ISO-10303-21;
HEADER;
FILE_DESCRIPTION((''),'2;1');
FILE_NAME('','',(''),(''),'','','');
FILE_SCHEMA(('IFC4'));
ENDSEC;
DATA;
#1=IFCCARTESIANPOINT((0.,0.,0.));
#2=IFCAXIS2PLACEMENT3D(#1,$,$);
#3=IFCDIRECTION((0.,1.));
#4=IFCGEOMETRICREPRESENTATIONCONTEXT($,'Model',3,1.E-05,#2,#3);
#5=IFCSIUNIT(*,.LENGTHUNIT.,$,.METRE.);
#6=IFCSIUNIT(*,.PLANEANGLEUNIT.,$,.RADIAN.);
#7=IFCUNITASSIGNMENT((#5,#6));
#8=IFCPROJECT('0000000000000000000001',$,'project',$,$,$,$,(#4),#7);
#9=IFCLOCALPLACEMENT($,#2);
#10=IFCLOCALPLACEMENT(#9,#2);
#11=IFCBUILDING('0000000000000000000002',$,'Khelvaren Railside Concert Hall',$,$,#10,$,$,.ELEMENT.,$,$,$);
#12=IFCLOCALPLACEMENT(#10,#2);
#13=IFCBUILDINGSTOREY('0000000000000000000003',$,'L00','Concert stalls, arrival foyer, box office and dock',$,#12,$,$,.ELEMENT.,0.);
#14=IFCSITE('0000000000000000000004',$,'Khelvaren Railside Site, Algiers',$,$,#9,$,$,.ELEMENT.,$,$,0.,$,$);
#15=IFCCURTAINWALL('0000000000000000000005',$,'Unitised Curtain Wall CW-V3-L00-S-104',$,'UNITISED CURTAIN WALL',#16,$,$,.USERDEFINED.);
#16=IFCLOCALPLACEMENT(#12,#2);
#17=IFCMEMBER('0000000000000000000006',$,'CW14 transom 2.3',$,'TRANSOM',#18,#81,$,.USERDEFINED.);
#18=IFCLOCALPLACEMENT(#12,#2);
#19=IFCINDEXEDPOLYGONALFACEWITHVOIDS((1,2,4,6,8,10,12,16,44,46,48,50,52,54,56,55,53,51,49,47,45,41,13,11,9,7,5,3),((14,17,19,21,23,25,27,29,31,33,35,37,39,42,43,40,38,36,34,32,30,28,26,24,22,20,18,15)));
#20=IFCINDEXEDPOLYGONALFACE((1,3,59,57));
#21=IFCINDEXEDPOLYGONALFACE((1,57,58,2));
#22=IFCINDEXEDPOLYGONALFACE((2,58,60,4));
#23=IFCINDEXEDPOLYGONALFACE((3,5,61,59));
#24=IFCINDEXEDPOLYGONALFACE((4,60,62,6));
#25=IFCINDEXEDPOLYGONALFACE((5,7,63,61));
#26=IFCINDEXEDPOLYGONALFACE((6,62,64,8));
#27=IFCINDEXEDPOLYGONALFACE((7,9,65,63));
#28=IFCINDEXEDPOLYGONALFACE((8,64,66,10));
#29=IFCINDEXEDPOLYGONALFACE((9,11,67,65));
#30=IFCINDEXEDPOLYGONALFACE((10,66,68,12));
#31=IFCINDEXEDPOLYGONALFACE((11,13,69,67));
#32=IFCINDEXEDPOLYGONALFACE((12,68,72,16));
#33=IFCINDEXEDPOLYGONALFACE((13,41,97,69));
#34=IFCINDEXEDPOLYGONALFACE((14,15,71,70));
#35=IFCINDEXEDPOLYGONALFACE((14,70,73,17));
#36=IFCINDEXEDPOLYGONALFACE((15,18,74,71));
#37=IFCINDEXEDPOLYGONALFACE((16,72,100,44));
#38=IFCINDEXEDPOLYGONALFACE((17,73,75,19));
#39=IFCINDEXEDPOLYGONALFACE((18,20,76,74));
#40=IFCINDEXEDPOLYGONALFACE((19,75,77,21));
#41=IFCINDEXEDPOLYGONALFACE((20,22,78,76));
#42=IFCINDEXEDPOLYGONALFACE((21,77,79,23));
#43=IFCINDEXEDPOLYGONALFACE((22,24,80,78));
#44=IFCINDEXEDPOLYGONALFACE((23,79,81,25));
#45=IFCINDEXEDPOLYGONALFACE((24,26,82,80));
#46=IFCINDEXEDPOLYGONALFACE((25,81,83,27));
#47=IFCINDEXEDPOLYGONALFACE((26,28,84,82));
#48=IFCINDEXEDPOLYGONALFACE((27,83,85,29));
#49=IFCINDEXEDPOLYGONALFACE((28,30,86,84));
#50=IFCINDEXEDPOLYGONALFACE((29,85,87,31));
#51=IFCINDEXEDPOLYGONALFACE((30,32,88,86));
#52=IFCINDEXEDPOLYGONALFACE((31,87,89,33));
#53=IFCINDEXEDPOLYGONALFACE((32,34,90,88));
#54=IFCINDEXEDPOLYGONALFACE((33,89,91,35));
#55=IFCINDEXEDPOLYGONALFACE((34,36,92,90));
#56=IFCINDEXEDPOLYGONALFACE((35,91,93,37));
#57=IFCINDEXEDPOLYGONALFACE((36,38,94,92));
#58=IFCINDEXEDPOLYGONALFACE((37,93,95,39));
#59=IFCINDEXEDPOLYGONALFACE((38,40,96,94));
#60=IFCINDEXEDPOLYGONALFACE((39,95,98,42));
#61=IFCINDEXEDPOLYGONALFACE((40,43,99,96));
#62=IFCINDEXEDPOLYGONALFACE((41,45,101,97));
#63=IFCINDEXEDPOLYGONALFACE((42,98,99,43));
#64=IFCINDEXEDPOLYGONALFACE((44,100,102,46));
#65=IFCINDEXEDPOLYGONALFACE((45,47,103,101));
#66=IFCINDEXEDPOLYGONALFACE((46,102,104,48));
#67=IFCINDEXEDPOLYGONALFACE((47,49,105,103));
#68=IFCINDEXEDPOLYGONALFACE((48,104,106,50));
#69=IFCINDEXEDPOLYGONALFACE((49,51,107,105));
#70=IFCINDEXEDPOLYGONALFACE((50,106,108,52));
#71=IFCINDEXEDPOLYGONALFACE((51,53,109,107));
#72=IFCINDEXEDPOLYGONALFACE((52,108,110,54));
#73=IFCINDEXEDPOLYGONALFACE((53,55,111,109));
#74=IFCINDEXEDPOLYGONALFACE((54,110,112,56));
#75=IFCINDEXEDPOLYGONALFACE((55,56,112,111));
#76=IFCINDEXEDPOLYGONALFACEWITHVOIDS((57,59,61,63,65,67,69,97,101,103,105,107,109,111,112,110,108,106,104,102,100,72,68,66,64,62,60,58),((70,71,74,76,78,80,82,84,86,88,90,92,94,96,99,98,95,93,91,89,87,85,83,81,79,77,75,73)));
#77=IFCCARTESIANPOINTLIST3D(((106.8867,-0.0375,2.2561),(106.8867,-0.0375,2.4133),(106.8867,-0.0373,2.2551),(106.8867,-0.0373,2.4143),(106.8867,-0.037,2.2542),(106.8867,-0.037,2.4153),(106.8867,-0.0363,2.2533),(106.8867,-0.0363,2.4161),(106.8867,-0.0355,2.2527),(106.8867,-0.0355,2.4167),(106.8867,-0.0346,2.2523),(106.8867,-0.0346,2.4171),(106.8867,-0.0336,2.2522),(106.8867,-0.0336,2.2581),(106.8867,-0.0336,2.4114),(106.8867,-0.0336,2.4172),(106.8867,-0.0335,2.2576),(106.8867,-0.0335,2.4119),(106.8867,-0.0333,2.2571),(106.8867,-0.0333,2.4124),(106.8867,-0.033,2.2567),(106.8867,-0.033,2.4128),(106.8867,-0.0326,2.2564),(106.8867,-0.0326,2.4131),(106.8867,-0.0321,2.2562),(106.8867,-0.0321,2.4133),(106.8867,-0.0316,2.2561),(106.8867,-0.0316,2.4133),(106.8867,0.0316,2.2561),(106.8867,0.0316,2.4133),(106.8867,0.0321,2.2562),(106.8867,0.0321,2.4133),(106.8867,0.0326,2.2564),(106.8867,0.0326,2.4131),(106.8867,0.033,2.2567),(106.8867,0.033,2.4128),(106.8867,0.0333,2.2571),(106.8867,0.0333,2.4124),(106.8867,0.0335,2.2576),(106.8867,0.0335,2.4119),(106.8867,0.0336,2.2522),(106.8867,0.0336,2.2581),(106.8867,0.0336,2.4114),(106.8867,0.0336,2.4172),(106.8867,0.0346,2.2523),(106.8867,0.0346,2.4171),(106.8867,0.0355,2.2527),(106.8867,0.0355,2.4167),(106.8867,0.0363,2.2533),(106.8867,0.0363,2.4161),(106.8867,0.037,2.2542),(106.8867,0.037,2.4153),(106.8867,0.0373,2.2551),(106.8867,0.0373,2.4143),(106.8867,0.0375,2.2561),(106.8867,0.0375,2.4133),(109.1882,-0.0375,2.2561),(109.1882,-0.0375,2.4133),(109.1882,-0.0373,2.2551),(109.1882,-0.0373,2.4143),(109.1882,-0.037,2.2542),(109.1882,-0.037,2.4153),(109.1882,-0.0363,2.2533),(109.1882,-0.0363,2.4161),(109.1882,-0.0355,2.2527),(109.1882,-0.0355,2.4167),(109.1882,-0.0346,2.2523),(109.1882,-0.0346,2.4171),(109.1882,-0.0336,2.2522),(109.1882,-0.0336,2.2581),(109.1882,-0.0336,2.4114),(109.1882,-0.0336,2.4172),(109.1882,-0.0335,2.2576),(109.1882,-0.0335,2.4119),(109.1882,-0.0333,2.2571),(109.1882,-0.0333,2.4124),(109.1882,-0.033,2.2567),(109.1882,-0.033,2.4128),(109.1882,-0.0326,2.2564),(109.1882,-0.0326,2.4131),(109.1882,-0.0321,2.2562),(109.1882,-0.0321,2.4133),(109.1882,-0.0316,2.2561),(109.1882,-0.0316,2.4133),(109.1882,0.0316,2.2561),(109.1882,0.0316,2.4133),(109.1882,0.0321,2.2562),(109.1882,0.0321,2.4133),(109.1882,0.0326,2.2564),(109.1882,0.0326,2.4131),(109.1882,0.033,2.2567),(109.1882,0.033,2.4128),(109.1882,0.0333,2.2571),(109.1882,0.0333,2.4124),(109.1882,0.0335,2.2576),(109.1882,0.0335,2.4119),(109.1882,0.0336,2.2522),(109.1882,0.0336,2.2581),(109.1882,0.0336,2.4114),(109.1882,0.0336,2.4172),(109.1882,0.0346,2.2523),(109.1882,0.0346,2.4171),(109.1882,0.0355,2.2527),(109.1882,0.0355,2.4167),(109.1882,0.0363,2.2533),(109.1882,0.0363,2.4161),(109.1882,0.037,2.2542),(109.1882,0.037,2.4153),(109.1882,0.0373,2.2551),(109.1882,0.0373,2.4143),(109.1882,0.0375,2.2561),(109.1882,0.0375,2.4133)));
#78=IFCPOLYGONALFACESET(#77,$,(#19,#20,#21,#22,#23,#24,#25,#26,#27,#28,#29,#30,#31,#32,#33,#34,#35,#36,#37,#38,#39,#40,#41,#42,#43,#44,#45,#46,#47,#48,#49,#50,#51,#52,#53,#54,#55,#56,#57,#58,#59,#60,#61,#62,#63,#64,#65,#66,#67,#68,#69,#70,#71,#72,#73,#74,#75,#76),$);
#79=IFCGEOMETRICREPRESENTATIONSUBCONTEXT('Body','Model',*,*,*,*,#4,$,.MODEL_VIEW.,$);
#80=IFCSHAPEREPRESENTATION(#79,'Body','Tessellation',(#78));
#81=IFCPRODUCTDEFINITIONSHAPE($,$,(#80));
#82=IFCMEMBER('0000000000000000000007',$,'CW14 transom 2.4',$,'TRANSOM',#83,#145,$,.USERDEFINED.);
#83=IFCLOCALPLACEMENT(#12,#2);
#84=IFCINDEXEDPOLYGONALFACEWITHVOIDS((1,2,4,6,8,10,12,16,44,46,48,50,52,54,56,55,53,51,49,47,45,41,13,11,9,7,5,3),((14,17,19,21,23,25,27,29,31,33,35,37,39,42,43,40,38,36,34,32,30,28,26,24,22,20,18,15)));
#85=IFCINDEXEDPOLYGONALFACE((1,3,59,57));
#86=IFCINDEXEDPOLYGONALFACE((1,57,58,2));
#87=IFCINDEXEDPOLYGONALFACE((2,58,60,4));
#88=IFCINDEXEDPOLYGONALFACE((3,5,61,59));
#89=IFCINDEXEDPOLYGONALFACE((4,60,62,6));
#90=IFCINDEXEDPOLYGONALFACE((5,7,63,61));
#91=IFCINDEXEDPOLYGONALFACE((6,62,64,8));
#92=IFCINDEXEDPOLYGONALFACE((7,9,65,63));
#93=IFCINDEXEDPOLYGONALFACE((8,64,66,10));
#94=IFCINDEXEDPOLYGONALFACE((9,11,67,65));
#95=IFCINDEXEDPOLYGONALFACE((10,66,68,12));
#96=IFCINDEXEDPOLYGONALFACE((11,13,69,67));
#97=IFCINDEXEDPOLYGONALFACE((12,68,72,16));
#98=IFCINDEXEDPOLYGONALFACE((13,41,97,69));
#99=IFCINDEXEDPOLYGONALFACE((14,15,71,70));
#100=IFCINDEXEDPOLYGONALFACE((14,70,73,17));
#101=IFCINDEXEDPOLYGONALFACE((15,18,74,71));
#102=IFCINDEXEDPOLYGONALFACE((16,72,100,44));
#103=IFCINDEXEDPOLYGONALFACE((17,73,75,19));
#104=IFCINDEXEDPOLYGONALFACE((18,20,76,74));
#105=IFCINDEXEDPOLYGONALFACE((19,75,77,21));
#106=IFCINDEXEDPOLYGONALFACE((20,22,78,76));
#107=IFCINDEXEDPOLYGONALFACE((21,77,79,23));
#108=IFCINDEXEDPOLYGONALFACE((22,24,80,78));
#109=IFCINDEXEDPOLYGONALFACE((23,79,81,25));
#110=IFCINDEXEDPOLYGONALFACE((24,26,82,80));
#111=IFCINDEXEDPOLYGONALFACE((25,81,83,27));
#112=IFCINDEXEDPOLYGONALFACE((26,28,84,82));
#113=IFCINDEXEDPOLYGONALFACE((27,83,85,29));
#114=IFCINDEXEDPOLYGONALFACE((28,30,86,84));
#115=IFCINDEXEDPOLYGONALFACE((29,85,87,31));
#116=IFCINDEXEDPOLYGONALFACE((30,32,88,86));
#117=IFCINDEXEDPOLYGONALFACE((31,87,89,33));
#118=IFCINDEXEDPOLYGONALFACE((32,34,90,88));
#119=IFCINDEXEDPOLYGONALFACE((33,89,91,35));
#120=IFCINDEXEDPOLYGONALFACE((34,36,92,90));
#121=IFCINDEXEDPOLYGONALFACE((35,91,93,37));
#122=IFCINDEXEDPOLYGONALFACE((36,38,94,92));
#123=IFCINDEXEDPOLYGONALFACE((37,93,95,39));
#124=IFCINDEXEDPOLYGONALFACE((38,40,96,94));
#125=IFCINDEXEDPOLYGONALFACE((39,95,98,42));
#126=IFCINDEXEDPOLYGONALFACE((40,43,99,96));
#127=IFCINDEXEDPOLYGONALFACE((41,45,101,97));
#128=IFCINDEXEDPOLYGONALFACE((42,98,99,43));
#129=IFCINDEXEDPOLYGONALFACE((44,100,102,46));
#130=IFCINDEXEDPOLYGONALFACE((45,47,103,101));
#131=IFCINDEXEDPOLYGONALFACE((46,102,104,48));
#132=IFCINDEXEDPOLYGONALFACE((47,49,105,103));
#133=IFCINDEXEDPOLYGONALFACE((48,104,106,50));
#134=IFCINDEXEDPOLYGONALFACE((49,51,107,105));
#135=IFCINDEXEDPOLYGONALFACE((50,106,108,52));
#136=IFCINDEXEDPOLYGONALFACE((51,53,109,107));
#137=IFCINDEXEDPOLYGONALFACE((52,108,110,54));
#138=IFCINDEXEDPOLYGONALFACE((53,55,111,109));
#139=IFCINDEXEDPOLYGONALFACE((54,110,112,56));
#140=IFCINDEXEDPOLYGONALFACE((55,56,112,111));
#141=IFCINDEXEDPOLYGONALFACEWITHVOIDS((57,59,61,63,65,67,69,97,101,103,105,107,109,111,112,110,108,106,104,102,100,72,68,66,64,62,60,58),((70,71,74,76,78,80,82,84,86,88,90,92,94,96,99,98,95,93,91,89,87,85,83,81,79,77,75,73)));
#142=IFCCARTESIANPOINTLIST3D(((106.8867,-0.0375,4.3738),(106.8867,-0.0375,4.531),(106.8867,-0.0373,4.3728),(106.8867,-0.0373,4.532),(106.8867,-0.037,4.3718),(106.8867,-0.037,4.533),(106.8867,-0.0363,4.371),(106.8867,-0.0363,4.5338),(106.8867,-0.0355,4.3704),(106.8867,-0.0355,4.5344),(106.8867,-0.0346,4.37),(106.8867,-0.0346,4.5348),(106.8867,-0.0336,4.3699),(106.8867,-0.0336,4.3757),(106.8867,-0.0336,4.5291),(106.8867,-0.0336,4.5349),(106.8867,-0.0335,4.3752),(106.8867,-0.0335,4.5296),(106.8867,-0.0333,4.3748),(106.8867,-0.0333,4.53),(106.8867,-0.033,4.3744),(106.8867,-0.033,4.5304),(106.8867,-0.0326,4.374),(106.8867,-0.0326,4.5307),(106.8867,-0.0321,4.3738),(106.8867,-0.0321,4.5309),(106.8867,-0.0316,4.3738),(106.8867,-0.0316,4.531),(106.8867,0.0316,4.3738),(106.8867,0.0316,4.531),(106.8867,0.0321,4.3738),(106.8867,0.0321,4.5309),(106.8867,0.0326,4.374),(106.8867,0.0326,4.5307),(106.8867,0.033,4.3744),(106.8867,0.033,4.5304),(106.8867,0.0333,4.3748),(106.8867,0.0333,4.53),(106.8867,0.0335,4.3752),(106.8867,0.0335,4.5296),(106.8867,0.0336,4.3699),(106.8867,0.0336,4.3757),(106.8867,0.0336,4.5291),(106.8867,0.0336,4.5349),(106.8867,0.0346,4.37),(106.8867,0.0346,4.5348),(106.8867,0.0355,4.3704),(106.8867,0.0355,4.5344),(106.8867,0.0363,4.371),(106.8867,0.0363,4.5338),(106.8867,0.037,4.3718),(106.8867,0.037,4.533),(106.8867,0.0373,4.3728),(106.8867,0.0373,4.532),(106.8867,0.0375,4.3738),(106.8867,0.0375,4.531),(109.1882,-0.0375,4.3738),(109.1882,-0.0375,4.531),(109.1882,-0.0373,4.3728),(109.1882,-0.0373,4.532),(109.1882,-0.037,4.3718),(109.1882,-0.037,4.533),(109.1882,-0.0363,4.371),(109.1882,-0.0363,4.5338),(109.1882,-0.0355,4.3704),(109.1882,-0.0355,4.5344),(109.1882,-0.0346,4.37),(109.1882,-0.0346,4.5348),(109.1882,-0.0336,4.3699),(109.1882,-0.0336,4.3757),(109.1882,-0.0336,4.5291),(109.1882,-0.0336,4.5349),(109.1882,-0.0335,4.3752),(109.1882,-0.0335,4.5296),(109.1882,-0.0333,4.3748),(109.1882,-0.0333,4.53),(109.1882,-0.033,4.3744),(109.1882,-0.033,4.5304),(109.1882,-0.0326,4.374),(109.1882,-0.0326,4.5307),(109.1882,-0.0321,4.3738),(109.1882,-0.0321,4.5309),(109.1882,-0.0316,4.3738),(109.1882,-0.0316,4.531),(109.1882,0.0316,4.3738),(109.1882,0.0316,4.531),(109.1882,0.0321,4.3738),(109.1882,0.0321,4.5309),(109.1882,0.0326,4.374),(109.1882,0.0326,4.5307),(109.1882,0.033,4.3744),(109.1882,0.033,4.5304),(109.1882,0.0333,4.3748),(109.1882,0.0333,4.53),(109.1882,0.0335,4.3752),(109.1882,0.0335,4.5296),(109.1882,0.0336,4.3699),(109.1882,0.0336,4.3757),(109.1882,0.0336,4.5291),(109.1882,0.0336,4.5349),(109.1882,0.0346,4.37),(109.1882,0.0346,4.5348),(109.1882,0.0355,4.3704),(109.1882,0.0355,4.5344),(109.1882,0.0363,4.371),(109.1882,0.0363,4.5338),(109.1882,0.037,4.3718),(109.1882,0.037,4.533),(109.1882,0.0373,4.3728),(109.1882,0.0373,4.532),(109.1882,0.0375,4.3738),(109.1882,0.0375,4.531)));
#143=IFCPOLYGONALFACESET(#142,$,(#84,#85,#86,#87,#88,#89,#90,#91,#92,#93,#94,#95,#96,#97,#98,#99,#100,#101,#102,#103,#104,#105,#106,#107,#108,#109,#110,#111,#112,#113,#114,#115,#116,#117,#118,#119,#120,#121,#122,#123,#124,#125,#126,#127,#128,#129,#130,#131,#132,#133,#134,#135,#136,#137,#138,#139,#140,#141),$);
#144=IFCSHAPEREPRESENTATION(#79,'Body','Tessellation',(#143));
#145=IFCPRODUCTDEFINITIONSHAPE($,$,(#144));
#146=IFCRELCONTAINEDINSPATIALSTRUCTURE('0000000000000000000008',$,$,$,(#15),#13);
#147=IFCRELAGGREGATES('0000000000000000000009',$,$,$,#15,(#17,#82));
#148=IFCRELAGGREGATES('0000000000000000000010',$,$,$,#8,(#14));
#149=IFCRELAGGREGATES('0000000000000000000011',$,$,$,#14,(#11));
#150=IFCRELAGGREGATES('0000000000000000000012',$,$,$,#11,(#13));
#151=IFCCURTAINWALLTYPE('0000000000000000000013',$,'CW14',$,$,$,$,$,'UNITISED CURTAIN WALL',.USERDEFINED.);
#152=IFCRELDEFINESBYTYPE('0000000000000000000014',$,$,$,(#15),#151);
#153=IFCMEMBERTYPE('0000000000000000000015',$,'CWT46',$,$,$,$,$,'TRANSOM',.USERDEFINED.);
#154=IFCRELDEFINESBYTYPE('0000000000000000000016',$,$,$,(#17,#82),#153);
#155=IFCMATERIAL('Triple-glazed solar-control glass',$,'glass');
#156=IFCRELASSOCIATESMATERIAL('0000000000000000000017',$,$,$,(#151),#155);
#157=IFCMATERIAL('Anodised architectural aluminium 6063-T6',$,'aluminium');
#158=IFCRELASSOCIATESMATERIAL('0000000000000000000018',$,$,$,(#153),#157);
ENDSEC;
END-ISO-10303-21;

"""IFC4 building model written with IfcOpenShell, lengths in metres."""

from ifc_helpers import new_model, si_unit, direction, frame, origin, origin_2d, place, context, subcontext, project, spatial, hollow_rectangle, extrude, material, material_profile, profile_set, type_object, element, aggregate, save


model = new_model("IFC4")

# Units and contexts
model_context = context("Model", 3, precision=1e-05, world=origin(), true_north=direction((0.0, 1.0)))
body_context = subcontext(model_context, "Body", "Model", "MODEL_VIEW")
ifc_project = project(units=[si_unit("LENGTHUNIT", "METRE"), si_unit("PLANEANGLEUNIT", "RADIAN")], contexts=[model_context])

# Site, building, storey
site_placement = place(None, origin())
site = spatial("IfcSite", under=ifc_project, at=site_placement, Name="Khelvaren Railside Site, Algiers", CompositionType="ELEMENT", RefElevation=0.0)
building_placement = place(site_placement, origin())
building = spatial("IfcBuilding", under=site, at=building_placement, Name="Khelvaren Railside Concert Hall", CompositionType="ELEMENT")
storey_placement = place(building_placement, origin())
storey = spatial("IfcBuildingStorey", under=building, at=storey_placement, Name="L00", Description="Concert stalls, arrival foyer, box office and dock", CompositionType="ELEMENT", Elevation=0.0)

# Curtain wall
ifc_material_1 = material(Name="Triple-glazed solar-control glass", Category="glass")
curtain_wall_type_1 = type_object("IfcCurtainWallType", Name="CW14", ElementType="UNITISED CURTAIN WALL", PredefinedType="USERDEFINED", material=ifc_material_1)
curtain_wall_1_placement = place(storey_placement, origin())
curtain_wall_1 = element("IfcCurtainWall", 1, at=curtain_wall_1_placement, inside=storey, type_object=curtain_wall_type_1, Name="Unitised Curtain Wall CW-V3-L00-S-104", ObjectType="UNITISED CURTAIN WALL", PredefinedType="USERDEFINED")
ifc_material_2 = material(Name="Anodised architectural aluminium 6063-T6", Category="aluminium")

# Members
ifc_material_profile_1 = material_profile(ifc_material_2, hollow_rectangle(XDim=0.075, YDim=0.165, WallThickness=0.0039, InnerFilletRadius=0.002, OuterFilletRadius=0.0039, at=origin_2d()), Name="CWT 75x165x4")
ifc_profile_set_1 = profile_set([ifc_material_profile_1], Name="Anodised architectural aluminium 6063-T6")
member_type_1 = type_object("IfcMemberType", Name="CWT46", ElementType="TRANSOM", PredefinedType="USERDEFINED", material=ifc_profile_set_1)
member_1_placement = place(storey_placement, frame((109.1882, 0.0, 2.3347), z_axis=(-1.0, 0.0, 0.0), x_axis=(0.0, -1.0, 0.0)))
member_1 = element("IfcMember", 2, at=member_1_placement, type_object=member_type_1, Name="CW14 transom 2.3", ObjectType="TRANSOM", PredefinedType="USERDEFINED", context=body_context, shape_type="SweptSolid", body=[
    extrude(hollow_rectangle(XDim=0.075, YDim=0.165, WallThickness=0.0039, InnerFilletRadius=0.002, OuterFilletRadius=0.0039, at=origin_2d()), origin(), (0.0, 0.0, 1.0), 2.3015),
])
member_2_placement = place(storey_placement, frame((109.1882, 0.0, 4.4524), z_axis=(-1.0, 0.0, 0.0), x_axis=(0.0, -1.0, 0.0)))
member_2 = element("IfcMember", 3, at=member_2_placement, type_object=member_type_1, Name="CW14 transom 2.4", ObjectType="TRANSOM", PredefinedType="USERDEFINED", context=body_context, shape_type="SweptSolid", body=[
    extrude(hollow_rectangle(XDim=0.075, YDim=0.165, WallThickness=0.0039, InnerFilletRadius=0.002, OuterFilletRadius=0.0039, at=origin_2d()), origin(), (0.0, 0.0, 1.0), 2.3015),
])

aggregate(curtain_wall_1, [member_1, member_2])

save(model, "model.ifc")
